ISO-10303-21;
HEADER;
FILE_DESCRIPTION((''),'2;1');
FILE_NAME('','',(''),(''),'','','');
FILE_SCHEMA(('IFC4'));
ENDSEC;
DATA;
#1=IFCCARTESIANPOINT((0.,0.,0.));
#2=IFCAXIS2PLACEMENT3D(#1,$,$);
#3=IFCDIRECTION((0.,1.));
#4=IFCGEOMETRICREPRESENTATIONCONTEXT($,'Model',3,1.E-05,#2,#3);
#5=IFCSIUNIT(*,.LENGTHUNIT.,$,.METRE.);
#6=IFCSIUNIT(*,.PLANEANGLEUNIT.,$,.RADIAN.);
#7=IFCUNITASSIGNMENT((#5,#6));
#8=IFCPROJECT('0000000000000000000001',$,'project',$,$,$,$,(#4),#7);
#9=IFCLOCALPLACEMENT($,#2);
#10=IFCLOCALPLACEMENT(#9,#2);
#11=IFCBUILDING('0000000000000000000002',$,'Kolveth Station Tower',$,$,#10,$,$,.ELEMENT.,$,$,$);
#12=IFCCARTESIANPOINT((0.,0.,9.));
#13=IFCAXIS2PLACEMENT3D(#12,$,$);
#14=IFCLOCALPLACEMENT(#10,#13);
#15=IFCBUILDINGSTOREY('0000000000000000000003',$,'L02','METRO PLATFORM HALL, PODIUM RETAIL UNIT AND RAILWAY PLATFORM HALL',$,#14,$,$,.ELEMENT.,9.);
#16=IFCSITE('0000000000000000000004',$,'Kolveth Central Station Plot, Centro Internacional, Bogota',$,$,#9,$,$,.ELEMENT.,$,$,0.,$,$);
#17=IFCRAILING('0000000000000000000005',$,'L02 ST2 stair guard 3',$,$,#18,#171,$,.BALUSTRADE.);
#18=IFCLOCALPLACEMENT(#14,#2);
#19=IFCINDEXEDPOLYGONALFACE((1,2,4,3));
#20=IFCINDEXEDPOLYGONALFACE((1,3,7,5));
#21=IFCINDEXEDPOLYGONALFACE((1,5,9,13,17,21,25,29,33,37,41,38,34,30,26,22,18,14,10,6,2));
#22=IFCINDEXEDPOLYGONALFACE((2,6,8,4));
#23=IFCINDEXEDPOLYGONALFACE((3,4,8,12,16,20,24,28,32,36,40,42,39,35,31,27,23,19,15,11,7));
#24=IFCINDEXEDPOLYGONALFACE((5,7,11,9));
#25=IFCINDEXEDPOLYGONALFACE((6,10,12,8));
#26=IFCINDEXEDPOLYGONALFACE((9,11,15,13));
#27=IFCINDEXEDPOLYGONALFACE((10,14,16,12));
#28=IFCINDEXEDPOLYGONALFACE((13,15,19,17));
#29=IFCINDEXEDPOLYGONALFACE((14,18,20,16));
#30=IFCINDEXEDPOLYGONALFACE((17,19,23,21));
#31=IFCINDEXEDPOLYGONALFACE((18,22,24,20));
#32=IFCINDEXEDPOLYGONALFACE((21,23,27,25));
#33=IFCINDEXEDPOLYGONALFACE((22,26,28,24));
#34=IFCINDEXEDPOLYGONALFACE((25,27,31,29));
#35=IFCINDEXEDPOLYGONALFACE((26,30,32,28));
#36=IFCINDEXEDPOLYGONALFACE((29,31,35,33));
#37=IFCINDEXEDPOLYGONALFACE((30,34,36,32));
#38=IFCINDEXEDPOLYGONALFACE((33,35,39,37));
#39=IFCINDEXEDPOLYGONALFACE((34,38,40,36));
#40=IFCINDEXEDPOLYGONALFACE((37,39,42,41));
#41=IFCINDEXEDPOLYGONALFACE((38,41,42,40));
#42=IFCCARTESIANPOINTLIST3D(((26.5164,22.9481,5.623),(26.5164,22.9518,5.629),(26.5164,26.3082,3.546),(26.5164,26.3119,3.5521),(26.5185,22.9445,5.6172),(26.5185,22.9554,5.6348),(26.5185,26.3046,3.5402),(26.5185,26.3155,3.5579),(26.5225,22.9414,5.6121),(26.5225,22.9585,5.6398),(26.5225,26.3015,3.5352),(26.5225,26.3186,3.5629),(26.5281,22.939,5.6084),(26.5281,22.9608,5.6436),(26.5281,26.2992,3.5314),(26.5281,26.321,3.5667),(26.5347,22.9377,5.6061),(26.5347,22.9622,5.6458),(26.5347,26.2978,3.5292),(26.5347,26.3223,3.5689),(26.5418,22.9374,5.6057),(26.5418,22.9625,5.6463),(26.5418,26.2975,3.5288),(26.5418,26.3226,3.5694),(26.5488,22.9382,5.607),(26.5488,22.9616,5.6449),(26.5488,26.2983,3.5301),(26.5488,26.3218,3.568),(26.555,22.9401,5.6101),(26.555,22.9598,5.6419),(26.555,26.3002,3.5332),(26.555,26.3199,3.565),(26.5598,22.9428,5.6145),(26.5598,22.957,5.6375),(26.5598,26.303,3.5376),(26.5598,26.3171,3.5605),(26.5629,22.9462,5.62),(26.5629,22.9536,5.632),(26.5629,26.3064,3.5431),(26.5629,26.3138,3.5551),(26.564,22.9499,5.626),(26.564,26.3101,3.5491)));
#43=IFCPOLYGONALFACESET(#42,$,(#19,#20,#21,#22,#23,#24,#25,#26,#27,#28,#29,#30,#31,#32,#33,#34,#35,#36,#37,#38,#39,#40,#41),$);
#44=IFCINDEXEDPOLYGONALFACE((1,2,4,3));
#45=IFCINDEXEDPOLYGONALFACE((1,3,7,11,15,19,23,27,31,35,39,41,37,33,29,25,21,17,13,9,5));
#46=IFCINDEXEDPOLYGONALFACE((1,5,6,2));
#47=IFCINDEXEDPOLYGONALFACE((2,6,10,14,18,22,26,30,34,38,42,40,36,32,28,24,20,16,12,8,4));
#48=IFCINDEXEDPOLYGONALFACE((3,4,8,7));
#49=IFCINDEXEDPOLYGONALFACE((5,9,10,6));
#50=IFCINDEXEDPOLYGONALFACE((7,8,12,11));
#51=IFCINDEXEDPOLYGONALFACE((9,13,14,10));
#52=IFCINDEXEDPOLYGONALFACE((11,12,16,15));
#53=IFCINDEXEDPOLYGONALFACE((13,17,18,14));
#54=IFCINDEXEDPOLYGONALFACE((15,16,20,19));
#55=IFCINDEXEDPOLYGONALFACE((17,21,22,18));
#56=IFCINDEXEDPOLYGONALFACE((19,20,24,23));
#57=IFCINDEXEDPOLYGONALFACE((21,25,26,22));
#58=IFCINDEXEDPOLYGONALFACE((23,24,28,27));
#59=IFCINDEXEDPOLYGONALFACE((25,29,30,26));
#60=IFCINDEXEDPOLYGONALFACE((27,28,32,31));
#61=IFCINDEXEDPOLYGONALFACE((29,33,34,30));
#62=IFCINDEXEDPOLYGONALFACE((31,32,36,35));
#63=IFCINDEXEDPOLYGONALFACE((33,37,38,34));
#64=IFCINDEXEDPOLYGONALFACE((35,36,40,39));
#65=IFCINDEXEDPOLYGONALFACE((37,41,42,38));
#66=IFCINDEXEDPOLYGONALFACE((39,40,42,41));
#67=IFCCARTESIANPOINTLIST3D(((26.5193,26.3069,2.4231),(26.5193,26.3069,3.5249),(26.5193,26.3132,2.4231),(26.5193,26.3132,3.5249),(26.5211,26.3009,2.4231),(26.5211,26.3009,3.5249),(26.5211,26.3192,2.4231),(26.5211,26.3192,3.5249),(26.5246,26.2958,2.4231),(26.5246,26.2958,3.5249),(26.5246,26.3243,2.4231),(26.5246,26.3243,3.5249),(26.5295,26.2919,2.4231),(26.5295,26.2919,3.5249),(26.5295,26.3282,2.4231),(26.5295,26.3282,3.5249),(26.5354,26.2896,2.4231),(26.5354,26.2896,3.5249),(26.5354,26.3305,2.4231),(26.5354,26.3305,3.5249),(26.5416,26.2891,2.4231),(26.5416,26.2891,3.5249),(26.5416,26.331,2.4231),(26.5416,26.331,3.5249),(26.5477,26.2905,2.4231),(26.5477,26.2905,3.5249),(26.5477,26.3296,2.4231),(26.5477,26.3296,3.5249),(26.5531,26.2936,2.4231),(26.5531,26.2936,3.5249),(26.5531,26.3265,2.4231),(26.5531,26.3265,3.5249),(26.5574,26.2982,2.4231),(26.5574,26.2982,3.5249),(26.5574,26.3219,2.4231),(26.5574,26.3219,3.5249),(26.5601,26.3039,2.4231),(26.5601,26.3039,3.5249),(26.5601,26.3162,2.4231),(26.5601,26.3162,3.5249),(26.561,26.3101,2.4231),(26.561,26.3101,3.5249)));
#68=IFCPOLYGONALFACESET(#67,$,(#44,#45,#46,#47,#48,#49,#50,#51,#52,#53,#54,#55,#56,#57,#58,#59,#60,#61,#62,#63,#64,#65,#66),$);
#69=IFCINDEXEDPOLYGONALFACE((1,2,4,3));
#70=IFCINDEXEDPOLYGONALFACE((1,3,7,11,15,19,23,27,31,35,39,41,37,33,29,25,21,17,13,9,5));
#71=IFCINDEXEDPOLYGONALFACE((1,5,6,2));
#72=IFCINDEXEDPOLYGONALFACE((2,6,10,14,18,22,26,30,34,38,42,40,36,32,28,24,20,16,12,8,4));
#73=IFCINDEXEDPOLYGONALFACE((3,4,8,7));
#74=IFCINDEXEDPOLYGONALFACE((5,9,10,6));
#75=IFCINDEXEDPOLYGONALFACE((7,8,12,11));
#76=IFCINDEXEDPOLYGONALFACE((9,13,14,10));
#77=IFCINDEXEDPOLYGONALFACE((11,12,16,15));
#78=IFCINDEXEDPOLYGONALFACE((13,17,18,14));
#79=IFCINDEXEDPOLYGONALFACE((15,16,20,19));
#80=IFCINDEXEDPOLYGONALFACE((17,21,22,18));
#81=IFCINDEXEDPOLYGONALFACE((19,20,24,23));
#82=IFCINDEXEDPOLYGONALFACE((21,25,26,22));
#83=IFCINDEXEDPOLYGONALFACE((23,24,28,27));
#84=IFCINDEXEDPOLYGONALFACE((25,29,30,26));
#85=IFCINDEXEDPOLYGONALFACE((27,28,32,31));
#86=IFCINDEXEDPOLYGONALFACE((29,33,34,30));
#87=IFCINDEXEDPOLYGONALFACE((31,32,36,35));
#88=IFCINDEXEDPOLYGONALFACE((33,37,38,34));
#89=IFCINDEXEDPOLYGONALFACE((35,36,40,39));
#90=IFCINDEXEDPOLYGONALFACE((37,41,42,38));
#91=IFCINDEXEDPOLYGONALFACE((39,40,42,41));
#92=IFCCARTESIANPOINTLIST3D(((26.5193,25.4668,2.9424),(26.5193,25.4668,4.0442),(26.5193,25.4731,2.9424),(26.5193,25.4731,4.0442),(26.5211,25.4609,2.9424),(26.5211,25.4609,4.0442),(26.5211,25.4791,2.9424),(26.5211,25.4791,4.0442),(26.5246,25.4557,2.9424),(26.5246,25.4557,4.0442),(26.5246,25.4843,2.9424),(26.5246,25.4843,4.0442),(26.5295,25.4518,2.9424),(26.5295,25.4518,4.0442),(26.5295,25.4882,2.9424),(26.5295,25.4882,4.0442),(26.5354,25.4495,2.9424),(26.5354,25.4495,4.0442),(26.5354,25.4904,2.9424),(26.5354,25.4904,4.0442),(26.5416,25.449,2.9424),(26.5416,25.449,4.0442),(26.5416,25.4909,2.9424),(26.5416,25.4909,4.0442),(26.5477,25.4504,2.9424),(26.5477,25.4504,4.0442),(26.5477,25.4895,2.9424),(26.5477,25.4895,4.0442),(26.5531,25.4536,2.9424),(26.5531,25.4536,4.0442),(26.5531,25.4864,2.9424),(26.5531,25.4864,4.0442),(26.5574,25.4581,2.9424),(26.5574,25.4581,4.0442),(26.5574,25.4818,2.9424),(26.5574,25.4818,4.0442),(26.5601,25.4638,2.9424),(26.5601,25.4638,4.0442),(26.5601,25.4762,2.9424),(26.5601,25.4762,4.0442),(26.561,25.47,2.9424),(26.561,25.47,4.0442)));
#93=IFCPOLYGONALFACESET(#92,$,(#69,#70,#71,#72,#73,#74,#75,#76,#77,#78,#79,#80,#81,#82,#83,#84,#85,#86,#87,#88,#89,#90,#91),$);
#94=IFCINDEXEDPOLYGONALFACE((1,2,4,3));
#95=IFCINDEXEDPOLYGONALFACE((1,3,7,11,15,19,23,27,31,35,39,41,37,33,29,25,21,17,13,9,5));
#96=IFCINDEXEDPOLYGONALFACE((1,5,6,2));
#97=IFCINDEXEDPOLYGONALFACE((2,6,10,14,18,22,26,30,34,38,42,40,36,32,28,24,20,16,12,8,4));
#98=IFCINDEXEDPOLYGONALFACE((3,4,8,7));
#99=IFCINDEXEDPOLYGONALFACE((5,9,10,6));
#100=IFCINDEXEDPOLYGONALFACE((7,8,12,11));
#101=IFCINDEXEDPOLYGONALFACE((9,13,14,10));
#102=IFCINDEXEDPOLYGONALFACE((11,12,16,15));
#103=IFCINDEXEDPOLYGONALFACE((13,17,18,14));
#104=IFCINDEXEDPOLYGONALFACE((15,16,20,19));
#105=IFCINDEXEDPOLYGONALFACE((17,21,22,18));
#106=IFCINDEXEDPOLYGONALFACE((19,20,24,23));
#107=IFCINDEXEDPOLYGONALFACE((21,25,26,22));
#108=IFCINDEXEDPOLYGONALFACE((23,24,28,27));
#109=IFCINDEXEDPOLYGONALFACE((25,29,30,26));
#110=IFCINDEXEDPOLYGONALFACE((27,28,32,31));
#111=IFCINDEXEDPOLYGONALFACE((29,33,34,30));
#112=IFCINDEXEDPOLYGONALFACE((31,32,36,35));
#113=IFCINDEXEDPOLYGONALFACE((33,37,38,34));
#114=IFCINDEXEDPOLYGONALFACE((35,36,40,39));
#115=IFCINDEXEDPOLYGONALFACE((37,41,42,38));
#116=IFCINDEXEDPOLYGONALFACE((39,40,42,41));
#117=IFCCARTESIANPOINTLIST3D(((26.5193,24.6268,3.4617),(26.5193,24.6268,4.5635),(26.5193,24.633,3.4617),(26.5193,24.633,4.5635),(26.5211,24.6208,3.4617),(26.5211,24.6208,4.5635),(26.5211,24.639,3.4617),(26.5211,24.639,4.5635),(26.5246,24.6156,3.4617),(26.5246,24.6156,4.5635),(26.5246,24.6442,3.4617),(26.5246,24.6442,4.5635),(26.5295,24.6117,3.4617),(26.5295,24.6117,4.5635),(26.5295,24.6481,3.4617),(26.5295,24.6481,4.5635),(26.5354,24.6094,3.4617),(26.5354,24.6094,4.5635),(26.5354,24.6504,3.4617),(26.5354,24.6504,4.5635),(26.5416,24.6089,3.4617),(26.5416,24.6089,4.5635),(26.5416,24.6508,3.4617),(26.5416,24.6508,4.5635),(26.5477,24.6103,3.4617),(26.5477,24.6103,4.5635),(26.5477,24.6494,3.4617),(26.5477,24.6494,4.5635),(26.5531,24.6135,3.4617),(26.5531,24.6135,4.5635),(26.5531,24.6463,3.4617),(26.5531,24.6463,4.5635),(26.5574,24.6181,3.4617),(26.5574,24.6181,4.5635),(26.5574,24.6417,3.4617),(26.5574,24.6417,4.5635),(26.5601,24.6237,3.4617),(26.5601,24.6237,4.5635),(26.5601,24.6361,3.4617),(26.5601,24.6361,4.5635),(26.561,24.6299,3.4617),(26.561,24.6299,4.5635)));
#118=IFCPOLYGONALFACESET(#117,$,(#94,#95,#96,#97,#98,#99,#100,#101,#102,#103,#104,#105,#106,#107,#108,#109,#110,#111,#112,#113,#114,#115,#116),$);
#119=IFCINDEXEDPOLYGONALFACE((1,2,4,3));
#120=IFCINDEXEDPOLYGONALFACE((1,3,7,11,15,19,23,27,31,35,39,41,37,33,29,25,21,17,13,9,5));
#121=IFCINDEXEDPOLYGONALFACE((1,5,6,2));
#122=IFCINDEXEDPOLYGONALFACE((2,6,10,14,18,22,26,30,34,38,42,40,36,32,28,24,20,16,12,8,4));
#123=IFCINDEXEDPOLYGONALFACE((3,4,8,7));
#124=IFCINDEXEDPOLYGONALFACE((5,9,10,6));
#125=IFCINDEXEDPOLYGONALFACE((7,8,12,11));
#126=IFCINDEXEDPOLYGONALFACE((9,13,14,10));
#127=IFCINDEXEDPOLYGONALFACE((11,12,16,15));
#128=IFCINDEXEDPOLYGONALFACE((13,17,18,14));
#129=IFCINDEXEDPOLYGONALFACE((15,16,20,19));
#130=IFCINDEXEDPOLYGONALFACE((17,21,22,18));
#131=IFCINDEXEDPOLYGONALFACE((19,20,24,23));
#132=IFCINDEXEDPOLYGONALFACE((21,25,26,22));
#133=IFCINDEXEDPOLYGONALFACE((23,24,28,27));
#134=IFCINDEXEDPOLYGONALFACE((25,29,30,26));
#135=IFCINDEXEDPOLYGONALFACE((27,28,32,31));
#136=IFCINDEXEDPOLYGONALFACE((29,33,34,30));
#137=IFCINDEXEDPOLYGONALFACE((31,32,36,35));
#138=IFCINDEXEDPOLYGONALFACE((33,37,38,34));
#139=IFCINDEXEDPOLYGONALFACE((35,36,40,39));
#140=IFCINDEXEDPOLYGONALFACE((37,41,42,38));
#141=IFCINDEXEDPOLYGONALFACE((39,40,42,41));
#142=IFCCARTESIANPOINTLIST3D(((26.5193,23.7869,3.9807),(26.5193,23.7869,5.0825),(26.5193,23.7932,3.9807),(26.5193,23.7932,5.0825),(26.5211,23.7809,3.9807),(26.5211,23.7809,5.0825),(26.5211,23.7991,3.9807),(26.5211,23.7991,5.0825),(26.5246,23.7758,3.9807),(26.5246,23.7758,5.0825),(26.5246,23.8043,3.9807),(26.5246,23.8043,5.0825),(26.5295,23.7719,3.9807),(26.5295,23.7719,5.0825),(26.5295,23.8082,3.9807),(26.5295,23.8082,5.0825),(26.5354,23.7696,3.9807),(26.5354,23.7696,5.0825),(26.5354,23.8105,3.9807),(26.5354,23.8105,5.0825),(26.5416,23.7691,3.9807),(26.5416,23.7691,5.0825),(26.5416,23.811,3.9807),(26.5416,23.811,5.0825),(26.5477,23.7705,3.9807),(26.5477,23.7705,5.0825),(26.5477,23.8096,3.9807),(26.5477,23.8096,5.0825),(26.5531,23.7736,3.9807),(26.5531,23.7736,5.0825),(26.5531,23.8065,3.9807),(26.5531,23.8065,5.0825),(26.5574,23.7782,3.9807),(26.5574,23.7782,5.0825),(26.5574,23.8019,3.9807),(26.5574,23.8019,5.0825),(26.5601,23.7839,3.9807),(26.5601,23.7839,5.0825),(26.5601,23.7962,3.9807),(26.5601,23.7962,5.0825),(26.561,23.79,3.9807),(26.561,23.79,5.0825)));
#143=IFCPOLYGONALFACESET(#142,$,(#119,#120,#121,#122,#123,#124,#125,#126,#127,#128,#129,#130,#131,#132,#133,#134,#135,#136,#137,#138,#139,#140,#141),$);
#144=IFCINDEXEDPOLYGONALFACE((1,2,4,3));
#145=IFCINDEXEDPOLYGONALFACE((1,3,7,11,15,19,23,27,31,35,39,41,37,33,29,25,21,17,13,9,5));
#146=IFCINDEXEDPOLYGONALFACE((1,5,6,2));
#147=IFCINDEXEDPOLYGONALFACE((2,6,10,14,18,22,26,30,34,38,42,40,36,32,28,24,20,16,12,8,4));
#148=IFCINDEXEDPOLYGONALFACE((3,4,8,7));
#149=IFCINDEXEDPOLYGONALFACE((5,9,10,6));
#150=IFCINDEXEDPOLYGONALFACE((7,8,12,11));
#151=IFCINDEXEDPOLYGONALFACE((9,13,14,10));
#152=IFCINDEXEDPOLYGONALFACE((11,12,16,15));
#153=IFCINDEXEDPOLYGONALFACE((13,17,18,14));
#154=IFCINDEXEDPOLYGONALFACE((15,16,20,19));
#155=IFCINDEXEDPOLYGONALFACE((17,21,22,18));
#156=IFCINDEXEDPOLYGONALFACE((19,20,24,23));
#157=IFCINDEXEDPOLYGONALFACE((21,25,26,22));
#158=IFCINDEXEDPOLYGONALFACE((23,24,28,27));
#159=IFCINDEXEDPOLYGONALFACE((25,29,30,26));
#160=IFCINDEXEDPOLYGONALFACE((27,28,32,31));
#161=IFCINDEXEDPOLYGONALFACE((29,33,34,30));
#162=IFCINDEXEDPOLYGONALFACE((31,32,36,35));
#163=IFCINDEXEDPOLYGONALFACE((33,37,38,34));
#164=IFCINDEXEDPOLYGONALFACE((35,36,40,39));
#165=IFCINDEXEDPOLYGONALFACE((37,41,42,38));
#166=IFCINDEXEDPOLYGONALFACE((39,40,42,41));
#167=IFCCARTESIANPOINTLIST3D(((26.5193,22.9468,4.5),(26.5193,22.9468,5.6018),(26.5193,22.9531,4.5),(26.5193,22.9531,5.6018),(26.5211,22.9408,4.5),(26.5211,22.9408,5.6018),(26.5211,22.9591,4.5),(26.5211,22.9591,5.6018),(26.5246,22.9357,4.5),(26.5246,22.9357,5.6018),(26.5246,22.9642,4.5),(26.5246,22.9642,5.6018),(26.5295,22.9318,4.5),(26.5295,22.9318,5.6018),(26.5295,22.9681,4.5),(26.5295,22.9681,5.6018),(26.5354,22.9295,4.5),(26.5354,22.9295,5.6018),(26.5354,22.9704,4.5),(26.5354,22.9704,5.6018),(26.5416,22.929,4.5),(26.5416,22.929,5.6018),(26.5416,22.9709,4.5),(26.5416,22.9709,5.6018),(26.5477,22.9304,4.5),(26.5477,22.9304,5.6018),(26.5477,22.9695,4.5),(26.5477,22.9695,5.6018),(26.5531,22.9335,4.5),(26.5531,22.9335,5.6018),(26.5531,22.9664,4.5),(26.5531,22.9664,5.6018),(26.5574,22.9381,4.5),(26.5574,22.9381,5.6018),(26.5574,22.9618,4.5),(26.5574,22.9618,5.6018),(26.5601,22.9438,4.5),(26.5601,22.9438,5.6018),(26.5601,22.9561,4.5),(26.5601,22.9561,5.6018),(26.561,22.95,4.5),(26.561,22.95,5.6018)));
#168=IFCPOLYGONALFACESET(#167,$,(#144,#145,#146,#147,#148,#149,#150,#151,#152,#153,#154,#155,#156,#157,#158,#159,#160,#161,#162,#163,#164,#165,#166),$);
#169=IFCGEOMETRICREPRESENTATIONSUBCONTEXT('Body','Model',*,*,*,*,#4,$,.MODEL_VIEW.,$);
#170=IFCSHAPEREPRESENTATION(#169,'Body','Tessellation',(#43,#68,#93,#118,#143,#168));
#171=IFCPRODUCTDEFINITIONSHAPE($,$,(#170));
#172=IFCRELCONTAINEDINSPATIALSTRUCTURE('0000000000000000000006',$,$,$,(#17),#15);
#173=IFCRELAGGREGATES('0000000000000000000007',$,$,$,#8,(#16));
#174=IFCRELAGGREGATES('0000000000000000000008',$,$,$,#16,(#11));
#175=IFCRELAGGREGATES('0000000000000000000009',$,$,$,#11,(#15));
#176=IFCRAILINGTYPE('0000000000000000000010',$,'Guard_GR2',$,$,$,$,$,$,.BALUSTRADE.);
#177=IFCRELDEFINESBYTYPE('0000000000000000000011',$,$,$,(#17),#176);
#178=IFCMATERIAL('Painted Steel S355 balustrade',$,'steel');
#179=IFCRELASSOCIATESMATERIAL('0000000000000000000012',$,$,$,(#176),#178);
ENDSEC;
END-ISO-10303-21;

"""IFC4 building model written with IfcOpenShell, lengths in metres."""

from ifc_helpers import new_model, si_unit, direction, frame, origin, origin_2d, place, context, subcontext, project, spatial, circle, extrude, material, type_object, element, save


model = new_model("IFC4")

# Units and contexts
model_context = context("Model", 3, precision=1e-05, world=origin(), true_north=direction((0.0, 1.0)))
body_context = subcontext(model_context, "Body", "Model", "MODEL_VIEW")
ifc_project = project(units=[si_unit("LENGTHUNIT", "METRE"), si_unit("PLANEANGLEUNIT", "RADIAN")], contexts=[model_context])

# Site, building, storey
site_placement = place(None, origin())
site = spatial("IfcSite", under=ifc_project, at=site_placement, Name="Kolveth Central Station Plot, Centro Internacional, Bogota", CompositionType="ELEMENT", RefElevation=0.0)
building_placement = place(site_placement, origin())
building = spatial("IfcBuilding", under=site, at=building_placement, Name="Kolveth Station Tower", CompositionType="ELEMENT")
storey_placement = place(building_placement, frame((0.0, 0.0, 9.0)))
storey = spatial("IfcBuildingStorey", under=building, at=storey_placement, Name="L02", Description="METRO PLATFORM HALL, PODIUM RETAIL UNIT AND RAILWAY PLATFORM HALL", CompositionType="ELEMENT", Elevation=9.0)

# Railing
ifc_material_1 = material(Name="Painted Steel S355 balustrade", Category="steel")
railing_type_1 = type_object("IfcRailingType", Name="Guard_GR2", PredefinedType="BALUSTRADE", material=ifc_material_1)
railing_1_placement = place(storey_placement, frame((26.54, 26.3101, 2.4231)))
element("IfcRailing", 1, at=railing_1_placement, inside=storey, type_object=railing_type_1, Name="L02 ST2 stair guard 3", PredefinedType="BALUSTRADE", context=body_context, shape_type="SweptSolid", body=[
    extrude(circle(Radius=0.0239, at=origin_2d()), frame((0.0, 0.0, 1.126), z_axis=(0.0, -0.850623, 0.525776), x_axis=(1.0, 0.0, 0.0)), (0.0, 0.0, 1.0), 3.9502),
    extrude(circle(Radius=0.021, at=origin_2d()), origin(), (0.0, 0.0, 1.0), 1.1018),
    extrude(circle(Radius=0.021, at=origin_2d()), frame((0.0, -0.8401, 0.5193)), (0.0, 0.0, 1.0), 1.1018),
    extrude(circle(Radius=0.021, at=origin_2d()), frame((0.0, -1.6802, 1.0386)), (0.0, 0.0, 1.0), 1.1018),
    extrude(circle(Radius=0.021, at=origin_2d()), frame((0.0, -2.52, 1.5576)), (0.0, 0.0, 1.0), 1.1018),
    extrude(circle(Radius=0.021, at=origin_2d()), frame((0.0, -3.3601, 2.0769)), (0.0, 0.0, 1.0), 1.1018),
])

save(model, "model.ifc")
